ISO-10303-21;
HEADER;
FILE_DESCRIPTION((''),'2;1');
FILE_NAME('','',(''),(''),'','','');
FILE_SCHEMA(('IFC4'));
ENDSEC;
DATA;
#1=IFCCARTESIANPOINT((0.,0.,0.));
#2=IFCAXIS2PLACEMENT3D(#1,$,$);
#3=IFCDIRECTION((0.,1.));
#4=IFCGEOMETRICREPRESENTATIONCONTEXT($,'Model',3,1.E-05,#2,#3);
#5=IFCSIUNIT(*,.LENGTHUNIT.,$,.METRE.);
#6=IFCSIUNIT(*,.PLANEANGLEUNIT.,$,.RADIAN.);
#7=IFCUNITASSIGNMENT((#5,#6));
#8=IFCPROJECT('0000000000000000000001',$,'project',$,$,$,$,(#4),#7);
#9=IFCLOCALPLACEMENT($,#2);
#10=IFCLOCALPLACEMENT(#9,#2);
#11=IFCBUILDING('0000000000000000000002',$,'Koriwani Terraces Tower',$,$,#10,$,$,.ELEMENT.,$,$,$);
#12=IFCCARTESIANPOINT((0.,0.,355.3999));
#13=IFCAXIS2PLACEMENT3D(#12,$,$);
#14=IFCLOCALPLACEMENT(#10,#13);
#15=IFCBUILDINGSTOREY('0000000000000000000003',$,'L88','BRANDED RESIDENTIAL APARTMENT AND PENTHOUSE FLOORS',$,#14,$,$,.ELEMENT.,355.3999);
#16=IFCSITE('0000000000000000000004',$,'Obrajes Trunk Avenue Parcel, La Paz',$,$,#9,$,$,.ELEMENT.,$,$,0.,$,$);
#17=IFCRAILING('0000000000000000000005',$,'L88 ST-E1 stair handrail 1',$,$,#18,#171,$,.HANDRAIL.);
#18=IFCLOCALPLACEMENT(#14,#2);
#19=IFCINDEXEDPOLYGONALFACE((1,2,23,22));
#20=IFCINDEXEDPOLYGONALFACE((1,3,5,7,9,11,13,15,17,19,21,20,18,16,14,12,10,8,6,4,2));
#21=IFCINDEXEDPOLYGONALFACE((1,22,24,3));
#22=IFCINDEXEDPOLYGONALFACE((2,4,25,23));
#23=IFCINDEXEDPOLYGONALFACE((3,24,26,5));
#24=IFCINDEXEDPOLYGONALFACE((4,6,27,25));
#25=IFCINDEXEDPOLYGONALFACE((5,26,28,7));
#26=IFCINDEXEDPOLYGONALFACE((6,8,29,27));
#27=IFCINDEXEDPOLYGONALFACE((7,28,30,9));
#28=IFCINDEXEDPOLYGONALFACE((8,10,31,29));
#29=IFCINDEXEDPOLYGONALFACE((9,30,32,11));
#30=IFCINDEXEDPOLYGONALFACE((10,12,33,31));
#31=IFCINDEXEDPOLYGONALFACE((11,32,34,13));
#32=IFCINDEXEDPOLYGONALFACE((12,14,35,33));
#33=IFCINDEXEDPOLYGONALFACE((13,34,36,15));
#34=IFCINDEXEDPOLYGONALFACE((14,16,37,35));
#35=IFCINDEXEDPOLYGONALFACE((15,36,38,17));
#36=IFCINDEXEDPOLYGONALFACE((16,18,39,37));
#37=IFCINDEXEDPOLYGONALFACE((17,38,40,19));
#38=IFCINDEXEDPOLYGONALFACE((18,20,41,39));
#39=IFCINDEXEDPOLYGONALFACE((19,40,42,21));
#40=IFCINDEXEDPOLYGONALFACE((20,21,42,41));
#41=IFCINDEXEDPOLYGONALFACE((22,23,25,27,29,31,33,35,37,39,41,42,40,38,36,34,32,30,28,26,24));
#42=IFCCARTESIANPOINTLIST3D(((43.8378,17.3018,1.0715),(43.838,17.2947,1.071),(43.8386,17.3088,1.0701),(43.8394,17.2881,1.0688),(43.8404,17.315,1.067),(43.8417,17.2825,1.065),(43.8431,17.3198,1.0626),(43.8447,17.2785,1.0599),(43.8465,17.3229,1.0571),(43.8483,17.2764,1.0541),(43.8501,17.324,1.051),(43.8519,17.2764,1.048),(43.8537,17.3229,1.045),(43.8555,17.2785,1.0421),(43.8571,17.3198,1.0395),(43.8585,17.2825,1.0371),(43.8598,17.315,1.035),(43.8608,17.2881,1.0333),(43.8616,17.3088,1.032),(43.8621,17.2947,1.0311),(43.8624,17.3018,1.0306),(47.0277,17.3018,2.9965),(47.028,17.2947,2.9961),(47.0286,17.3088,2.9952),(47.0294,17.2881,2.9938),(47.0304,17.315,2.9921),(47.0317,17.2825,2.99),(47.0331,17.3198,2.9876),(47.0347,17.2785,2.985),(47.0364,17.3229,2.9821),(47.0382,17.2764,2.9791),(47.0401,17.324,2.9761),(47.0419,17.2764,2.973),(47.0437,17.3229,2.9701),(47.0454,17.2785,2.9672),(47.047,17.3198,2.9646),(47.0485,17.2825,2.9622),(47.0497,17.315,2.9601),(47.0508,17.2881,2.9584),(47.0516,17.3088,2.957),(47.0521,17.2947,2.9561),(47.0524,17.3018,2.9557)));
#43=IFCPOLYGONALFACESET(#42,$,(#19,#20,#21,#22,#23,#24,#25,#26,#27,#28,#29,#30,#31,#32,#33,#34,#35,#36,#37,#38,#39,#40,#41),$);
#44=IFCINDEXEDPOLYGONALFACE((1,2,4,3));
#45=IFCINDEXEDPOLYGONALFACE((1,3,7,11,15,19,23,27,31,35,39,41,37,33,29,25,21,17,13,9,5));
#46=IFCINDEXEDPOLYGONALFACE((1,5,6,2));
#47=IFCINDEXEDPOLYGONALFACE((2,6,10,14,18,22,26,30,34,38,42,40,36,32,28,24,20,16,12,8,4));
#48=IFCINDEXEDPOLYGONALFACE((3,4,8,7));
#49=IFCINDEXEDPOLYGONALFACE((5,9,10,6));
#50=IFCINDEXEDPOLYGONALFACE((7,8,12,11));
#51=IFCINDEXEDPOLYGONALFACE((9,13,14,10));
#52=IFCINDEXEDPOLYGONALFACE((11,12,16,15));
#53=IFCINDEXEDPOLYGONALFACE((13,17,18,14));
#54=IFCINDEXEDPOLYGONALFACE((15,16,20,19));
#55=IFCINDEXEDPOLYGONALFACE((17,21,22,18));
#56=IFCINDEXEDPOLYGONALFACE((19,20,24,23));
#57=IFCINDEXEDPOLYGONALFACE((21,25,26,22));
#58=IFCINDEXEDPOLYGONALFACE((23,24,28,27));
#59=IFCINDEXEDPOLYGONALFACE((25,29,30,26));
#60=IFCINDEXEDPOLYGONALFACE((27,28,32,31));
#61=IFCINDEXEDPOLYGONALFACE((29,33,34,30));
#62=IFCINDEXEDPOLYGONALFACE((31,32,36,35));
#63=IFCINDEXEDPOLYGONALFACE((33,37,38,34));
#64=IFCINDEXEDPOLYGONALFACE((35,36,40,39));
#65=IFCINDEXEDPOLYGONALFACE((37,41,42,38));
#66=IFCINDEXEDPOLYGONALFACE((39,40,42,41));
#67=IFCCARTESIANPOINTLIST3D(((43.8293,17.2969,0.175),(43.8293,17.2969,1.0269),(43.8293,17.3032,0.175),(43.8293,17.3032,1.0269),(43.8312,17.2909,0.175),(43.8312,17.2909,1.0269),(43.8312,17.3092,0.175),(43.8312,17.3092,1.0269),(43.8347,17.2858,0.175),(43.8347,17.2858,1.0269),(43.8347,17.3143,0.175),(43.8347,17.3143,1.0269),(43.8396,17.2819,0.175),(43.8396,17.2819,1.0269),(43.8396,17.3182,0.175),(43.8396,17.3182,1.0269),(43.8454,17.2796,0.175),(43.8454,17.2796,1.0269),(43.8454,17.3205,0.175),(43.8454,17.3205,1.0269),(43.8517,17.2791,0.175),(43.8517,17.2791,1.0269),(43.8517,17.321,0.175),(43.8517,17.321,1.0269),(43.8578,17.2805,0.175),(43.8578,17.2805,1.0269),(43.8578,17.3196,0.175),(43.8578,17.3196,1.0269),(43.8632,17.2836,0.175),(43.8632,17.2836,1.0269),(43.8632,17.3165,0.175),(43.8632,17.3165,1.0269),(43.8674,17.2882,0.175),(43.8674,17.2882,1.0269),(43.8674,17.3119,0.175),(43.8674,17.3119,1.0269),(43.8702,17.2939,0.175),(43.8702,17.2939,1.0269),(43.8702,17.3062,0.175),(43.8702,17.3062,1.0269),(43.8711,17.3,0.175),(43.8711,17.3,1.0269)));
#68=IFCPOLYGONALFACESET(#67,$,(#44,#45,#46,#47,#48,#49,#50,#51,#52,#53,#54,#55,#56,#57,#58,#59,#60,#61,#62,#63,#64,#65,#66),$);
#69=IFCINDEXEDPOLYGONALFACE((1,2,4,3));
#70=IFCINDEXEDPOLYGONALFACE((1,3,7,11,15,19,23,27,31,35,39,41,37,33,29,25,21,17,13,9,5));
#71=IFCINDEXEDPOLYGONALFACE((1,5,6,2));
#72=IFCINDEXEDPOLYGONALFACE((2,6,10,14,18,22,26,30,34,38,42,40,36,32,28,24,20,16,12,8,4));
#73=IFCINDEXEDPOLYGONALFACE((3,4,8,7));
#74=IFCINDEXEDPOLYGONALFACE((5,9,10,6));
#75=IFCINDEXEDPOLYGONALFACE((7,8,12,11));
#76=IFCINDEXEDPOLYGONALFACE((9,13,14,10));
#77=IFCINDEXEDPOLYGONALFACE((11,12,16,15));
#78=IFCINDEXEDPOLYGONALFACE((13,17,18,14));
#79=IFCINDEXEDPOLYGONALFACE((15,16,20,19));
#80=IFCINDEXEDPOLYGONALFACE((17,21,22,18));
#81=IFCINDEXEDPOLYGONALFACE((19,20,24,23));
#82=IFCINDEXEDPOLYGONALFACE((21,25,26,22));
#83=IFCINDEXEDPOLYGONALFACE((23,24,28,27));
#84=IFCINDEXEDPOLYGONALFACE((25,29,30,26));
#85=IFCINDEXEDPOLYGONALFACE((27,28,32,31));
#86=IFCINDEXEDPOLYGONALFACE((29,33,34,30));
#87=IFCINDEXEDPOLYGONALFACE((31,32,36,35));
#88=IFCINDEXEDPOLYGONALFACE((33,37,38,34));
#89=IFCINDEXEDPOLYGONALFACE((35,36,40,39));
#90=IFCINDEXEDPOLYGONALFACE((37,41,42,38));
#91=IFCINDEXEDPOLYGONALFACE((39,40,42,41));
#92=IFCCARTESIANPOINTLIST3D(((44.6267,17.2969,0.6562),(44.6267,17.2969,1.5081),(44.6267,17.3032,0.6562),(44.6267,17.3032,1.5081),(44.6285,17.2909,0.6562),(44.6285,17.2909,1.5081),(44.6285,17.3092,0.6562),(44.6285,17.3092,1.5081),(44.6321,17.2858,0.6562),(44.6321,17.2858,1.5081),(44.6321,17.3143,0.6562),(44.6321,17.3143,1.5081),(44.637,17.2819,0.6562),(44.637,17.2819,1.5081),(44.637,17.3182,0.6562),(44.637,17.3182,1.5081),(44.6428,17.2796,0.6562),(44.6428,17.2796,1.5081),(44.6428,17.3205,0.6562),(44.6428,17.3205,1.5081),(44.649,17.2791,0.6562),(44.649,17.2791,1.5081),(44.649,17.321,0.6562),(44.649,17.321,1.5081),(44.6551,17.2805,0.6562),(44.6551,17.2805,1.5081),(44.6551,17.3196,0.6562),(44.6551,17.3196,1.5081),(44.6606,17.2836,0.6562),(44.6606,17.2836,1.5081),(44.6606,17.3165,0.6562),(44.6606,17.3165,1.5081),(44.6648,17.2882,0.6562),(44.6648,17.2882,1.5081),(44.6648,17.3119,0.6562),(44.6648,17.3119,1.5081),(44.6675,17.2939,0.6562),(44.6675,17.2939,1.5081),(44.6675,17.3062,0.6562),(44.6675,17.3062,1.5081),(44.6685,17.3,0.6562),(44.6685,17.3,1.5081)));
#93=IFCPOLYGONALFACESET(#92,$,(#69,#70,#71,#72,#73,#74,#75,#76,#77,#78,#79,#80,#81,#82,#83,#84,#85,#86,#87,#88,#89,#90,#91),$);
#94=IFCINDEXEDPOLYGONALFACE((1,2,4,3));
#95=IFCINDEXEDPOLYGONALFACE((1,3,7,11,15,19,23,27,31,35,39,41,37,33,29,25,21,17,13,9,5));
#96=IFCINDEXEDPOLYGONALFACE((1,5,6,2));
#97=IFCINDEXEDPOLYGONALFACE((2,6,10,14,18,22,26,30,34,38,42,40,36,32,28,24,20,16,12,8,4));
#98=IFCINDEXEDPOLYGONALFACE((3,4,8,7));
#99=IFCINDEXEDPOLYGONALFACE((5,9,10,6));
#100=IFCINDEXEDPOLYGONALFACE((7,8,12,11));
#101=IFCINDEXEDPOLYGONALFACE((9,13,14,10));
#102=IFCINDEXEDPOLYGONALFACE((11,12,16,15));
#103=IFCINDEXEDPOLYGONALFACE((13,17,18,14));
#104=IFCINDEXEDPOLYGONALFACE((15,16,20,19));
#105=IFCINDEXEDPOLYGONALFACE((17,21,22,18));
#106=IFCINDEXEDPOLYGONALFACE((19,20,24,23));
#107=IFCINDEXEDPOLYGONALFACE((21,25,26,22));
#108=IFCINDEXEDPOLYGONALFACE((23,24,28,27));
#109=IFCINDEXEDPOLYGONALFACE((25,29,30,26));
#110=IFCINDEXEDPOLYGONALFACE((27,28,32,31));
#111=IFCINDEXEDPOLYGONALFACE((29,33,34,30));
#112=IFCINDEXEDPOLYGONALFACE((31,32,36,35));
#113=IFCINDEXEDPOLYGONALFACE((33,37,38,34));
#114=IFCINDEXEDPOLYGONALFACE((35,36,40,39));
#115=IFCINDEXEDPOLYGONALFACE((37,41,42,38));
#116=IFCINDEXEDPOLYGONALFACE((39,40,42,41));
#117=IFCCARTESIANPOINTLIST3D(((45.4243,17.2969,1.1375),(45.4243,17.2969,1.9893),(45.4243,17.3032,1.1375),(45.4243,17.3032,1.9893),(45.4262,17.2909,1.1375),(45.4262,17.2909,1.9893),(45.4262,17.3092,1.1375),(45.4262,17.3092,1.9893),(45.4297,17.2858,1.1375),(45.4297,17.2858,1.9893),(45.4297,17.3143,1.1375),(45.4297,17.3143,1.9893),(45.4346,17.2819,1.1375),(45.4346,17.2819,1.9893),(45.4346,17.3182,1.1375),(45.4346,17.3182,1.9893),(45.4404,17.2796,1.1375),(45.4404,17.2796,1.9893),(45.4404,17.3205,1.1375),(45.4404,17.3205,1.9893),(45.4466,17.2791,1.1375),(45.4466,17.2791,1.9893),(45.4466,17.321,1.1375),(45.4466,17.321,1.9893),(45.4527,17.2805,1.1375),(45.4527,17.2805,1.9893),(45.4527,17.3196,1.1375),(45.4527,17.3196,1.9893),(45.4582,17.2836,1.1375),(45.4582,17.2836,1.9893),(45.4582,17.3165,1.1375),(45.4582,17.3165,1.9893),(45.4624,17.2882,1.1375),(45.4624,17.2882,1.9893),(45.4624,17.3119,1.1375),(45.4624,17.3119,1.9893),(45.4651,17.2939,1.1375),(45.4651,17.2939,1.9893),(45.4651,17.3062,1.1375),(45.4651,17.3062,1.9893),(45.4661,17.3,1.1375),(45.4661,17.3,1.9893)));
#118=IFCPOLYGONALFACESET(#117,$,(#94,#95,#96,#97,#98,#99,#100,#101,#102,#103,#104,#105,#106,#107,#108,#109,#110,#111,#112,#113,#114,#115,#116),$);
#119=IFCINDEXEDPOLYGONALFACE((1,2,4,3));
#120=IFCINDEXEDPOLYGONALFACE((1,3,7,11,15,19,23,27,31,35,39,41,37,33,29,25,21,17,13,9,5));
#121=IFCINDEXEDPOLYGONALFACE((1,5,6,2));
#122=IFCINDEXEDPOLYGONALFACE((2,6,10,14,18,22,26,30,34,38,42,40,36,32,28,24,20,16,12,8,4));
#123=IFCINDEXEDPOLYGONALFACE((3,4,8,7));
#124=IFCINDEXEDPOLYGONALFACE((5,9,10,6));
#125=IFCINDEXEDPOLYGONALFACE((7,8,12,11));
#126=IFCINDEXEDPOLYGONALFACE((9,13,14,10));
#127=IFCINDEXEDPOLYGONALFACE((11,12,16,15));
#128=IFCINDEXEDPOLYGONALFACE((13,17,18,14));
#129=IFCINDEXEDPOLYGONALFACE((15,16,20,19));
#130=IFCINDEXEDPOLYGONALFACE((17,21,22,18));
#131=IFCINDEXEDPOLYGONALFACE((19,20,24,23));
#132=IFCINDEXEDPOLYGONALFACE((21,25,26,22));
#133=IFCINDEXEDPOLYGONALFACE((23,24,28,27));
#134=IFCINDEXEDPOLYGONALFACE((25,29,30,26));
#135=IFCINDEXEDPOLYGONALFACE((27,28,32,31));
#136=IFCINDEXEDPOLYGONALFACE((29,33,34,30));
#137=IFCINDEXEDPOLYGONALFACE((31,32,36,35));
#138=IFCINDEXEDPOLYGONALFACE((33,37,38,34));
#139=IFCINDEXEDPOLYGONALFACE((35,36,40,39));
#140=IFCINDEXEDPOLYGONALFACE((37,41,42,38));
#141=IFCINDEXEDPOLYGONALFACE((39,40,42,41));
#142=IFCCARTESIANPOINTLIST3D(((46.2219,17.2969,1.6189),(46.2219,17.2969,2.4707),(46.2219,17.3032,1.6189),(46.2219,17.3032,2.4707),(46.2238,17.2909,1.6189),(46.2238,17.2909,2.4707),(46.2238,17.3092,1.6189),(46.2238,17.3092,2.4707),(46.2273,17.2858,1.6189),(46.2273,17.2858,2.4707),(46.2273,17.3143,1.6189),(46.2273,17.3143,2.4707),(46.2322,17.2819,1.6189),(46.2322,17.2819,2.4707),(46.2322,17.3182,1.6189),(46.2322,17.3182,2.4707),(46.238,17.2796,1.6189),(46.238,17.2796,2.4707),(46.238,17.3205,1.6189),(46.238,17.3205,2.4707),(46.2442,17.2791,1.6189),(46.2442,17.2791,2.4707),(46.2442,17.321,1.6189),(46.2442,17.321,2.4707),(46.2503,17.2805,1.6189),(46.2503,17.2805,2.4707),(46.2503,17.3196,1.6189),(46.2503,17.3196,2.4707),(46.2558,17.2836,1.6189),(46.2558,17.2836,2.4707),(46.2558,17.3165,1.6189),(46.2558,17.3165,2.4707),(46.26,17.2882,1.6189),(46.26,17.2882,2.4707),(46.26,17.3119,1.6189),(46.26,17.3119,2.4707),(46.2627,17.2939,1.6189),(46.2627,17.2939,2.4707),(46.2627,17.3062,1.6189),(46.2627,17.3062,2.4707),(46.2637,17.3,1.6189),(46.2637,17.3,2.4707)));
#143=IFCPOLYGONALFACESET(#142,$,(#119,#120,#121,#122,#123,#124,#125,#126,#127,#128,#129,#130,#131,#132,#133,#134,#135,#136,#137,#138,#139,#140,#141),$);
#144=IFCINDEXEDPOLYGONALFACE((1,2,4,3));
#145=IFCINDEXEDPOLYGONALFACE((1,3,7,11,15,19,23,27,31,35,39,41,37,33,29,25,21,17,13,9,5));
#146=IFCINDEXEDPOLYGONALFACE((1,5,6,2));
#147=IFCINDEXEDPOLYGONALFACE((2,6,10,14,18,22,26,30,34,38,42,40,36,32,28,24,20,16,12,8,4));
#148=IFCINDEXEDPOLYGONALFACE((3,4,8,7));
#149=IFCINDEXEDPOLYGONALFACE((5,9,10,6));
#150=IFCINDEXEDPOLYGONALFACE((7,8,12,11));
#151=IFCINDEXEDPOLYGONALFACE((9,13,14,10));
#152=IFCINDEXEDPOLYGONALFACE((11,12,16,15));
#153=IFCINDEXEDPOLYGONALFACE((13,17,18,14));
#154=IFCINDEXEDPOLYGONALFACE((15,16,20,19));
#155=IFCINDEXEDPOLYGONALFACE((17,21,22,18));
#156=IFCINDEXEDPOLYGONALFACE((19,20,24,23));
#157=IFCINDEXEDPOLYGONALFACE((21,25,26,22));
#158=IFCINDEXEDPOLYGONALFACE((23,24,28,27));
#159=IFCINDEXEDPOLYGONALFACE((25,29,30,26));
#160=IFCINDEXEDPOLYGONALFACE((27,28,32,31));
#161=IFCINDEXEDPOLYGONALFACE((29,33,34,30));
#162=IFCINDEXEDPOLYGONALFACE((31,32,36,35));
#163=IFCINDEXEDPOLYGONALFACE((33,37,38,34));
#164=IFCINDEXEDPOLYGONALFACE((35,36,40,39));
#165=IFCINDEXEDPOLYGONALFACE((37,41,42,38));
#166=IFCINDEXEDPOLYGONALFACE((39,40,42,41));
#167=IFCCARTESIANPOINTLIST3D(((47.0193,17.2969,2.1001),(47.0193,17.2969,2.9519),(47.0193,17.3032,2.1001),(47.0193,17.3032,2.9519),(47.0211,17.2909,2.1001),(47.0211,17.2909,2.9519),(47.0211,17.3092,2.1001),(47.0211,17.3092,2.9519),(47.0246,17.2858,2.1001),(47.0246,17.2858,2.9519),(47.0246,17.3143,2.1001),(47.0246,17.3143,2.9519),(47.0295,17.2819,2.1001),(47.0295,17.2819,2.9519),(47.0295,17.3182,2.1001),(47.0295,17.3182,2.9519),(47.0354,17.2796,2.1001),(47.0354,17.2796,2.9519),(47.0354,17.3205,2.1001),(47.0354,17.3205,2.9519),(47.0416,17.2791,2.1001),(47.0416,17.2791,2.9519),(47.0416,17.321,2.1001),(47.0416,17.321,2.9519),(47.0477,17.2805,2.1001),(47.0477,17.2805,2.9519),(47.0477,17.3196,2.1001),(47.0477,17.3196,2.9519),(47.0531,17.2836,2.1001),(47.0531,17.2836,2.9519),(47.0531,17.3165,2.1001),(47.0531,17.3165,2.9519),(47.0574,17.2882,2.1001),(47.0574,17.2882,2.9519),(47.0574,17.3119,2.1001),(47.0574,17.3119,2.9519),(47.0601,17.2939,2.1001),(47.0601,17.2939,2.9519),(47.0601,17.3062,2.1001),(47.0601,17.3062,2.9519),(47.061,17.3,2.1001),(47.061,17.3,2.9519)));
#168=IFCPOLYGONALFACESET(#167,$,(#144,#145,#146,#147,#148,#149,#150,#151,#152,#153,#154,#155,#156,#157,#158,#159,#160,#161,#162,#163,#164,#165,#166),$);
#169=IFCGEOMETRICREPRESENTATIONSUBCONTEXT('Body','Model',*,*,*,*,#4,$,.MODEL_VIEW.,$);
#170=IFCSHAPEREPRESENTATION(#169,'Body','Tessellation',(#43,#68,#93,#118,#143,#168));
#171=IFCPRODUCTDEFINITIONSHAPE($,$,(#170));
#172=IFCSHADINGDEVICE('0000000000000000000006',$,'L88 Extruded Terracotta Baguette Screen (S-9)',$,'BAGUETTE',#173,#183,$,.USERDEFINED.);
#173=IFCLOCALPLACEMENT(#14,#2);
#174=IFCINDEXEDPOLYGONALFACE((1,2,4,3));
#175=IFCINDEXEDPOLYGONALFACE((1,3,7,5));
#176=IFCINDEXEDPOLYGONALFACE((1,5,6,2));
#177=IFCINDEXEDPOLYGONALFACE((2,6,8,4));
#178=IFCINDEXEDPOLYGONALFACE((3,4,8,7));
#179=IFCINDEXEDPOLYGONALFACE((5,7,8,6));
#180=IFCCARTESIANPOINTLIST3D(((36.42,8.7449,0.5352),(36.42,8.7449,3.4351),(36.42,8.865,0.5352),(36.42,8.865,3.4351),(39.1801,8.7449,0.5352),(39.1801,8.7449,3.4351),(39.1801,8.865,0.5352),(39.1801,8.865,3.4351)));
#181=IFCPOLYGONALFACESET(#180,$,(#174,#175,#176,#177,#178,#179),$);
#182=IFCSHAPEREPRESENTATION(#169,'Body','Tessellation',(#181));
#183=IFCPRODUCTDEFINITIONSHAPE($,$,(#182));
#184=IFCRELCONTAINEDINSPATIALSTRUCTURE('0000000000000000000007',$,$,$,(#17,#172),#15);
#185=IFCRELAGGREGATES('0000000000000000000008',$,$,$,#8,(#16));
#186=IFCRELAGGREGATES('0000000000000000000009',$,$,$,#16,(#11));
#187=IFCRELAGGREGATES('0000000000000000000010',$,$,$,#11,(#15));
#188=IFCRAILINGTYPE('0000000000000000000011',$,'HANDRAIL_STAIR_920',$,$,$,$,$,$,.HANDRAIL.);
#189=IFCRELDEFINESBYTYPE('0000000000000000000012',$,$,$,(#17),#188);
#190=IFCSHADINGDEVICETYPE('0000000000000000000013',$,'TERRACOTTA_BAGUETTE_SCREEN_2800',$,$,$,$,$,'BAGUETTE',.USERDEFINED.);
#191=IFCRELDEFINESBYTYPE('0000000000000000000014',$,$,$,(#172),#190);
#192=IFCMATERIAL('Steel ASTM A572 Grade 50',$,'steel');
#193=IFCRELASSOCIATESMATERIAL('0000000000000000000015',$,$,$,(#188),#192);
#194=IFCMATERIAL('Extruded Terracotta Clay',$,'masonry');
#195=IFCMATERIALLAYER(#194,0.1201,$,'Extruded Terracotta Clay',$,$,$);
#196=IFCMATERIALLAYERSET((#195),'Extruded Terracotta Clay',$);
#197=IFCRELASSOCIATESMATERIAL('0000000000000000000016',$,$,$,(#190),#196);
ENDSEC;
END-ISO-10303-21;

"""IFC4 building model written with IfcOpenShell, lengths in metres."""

from ifc_helpers import new_model, si_unit, direction, frame, origin, origin_2d, place, context, subcontext, project, spatial, rectangle, circle, extrude, material, layer, layer_set, type_object, element, save


model = new_model("IFC4")

# Units and contexts
model_context = context("Model", 3, precision=1e-05, world=origin(), true_north=direction((0.0, 1.0)))
body_context = subcontext(model_context, "Body", "Model", "MODEL_VIEW")
ifc_project = project(units=[si_unit("LENGTHUNIT", "METRE"), si_unit("PLANEANGLEUNIT", "RADIAN")], contexts=[model_context])

# Site, building, storey
site_placement = place(None, origin())
site = spatial("IfcSite", under=ifc_project, at=site_placement, Name="Obrajes Trunk Avenue Parcel, La Paz", CompositionType="ELEMENT", RefElevation=0.0)
building_placement = place(site_placement, origin())
building = spatial("IfcBuilding", under=site, at=building_placement, Name="Koriwani Terraces Tower", CompositionType="ELEMENT")
storey_placement = place(building_placement, frame((0.0, 0.0, 355.3999)))
storey = spatial("IfcBuildingStorey", under=building, at=storey_placement, Name="L88", Description="BRANDED RESIDENTIAL APARTMENT AND PENTHOUSE FLOORS", CompositionType="ELEMENT", Elevation=355.3999)

# Shared definitions
ifc_material_1 = material(Name="Steel ASTM A572 Grade 50", Category="steel")

# Railing
railing_type_1 = type_object("IfcRailingType", Name="HANDRAIL_STAIR_920", PredefinedType="HANDRAIL", material=ifc_material_1)
railing_1_placement = place(storey_placement, frame((43.8501, 17.3, 0.175)))
element("IfcRailing", 1, at=railing_1_placement, inside=storey, type_object=railing_type_1, Name="L88 ST-E1 stair handrail 1", PredefinedType="HANDRAIL", context=body_context, shape_type="SweptSolid", body=[
    extrude(circle(Radius=0.0239, at=origin_2d()), frame((0.0, 0.0, 0.876), z_axis=(0.856178, 0.0, 0.516682), x_axis=(0.0, 1.0, 0.0)), (0.0, 0.0, 1.0), 3.7258),
    extrude(circle(Radius=0.021, at=origin_2d()), origin(), (0.0, 0.0, 1.0), 0.8518),
    extrude(circle(Radius=0.021, at=origin_2d()), frame((0.7974, 0.0, 0.4812)), (0.0, 0.0, 1.0), 0.8518),
    extrude(circle(Radius=0.021, at=origin_2d()), frame((1.595, 0.0, 0.9624)), (0.0, 0.0, 1.0), 0.8518),
    extrude(circle(Radius=0.021, at=origin_2d()), frame((2.3926, 0.0, 1.4438)), (0.0, 0.0, 1.0), 0.8518),
    extrude(circle(Radius=0.021, at=origin_2d()), frame((3.1899, 0.0, 1.925)), (0.0, 0.0, 1.0), 0.8518),
])

# Shading device
ifc_material_2 = material(Name="Extruded Terracotta Clay", Category="masonry")
ifc_layer_1 = layer(ifc_material_2, 0.1201, Name="Extruded Terracotta Clay")
ifc_layer_set_1 = layer_set([ifc_layer_1], Name="Extruded Terracotta Clay")
shading_device_type = type_object("IfcShadingDeviceType", Name="TERRACOTTA_BAGUETTE_SCREEN_2800", ElementType="BAGUETTE", PredefinedType="USERDEFINED", material=ifc_layer_set_1)
shading_device_placement = place(storey_placement, frame((37.8, 8.8049, 0.5352), z_axis=(0.0, 0.0, 1.0), x_axis=(-1.0, 0.0, 0.0)))
element("IfcShadingDevice", 2, at=shading_device_placement, inside=storey, type_object=shading_device_type, Name="L88 Extruded Terracotta Baguette Screen (S-9)", ObjectType="BAGUETTE", PredefinedType="USERDEFINED", context=body_context, shape_type="SweptSolid", body=[
    extrude(rectangle(XDim=2.76, YDim=0.1201, at=origin_2d()), origin(), (0.0, 0.0, 1.0), 2.8999),
])

save(model, "model.ifc")
